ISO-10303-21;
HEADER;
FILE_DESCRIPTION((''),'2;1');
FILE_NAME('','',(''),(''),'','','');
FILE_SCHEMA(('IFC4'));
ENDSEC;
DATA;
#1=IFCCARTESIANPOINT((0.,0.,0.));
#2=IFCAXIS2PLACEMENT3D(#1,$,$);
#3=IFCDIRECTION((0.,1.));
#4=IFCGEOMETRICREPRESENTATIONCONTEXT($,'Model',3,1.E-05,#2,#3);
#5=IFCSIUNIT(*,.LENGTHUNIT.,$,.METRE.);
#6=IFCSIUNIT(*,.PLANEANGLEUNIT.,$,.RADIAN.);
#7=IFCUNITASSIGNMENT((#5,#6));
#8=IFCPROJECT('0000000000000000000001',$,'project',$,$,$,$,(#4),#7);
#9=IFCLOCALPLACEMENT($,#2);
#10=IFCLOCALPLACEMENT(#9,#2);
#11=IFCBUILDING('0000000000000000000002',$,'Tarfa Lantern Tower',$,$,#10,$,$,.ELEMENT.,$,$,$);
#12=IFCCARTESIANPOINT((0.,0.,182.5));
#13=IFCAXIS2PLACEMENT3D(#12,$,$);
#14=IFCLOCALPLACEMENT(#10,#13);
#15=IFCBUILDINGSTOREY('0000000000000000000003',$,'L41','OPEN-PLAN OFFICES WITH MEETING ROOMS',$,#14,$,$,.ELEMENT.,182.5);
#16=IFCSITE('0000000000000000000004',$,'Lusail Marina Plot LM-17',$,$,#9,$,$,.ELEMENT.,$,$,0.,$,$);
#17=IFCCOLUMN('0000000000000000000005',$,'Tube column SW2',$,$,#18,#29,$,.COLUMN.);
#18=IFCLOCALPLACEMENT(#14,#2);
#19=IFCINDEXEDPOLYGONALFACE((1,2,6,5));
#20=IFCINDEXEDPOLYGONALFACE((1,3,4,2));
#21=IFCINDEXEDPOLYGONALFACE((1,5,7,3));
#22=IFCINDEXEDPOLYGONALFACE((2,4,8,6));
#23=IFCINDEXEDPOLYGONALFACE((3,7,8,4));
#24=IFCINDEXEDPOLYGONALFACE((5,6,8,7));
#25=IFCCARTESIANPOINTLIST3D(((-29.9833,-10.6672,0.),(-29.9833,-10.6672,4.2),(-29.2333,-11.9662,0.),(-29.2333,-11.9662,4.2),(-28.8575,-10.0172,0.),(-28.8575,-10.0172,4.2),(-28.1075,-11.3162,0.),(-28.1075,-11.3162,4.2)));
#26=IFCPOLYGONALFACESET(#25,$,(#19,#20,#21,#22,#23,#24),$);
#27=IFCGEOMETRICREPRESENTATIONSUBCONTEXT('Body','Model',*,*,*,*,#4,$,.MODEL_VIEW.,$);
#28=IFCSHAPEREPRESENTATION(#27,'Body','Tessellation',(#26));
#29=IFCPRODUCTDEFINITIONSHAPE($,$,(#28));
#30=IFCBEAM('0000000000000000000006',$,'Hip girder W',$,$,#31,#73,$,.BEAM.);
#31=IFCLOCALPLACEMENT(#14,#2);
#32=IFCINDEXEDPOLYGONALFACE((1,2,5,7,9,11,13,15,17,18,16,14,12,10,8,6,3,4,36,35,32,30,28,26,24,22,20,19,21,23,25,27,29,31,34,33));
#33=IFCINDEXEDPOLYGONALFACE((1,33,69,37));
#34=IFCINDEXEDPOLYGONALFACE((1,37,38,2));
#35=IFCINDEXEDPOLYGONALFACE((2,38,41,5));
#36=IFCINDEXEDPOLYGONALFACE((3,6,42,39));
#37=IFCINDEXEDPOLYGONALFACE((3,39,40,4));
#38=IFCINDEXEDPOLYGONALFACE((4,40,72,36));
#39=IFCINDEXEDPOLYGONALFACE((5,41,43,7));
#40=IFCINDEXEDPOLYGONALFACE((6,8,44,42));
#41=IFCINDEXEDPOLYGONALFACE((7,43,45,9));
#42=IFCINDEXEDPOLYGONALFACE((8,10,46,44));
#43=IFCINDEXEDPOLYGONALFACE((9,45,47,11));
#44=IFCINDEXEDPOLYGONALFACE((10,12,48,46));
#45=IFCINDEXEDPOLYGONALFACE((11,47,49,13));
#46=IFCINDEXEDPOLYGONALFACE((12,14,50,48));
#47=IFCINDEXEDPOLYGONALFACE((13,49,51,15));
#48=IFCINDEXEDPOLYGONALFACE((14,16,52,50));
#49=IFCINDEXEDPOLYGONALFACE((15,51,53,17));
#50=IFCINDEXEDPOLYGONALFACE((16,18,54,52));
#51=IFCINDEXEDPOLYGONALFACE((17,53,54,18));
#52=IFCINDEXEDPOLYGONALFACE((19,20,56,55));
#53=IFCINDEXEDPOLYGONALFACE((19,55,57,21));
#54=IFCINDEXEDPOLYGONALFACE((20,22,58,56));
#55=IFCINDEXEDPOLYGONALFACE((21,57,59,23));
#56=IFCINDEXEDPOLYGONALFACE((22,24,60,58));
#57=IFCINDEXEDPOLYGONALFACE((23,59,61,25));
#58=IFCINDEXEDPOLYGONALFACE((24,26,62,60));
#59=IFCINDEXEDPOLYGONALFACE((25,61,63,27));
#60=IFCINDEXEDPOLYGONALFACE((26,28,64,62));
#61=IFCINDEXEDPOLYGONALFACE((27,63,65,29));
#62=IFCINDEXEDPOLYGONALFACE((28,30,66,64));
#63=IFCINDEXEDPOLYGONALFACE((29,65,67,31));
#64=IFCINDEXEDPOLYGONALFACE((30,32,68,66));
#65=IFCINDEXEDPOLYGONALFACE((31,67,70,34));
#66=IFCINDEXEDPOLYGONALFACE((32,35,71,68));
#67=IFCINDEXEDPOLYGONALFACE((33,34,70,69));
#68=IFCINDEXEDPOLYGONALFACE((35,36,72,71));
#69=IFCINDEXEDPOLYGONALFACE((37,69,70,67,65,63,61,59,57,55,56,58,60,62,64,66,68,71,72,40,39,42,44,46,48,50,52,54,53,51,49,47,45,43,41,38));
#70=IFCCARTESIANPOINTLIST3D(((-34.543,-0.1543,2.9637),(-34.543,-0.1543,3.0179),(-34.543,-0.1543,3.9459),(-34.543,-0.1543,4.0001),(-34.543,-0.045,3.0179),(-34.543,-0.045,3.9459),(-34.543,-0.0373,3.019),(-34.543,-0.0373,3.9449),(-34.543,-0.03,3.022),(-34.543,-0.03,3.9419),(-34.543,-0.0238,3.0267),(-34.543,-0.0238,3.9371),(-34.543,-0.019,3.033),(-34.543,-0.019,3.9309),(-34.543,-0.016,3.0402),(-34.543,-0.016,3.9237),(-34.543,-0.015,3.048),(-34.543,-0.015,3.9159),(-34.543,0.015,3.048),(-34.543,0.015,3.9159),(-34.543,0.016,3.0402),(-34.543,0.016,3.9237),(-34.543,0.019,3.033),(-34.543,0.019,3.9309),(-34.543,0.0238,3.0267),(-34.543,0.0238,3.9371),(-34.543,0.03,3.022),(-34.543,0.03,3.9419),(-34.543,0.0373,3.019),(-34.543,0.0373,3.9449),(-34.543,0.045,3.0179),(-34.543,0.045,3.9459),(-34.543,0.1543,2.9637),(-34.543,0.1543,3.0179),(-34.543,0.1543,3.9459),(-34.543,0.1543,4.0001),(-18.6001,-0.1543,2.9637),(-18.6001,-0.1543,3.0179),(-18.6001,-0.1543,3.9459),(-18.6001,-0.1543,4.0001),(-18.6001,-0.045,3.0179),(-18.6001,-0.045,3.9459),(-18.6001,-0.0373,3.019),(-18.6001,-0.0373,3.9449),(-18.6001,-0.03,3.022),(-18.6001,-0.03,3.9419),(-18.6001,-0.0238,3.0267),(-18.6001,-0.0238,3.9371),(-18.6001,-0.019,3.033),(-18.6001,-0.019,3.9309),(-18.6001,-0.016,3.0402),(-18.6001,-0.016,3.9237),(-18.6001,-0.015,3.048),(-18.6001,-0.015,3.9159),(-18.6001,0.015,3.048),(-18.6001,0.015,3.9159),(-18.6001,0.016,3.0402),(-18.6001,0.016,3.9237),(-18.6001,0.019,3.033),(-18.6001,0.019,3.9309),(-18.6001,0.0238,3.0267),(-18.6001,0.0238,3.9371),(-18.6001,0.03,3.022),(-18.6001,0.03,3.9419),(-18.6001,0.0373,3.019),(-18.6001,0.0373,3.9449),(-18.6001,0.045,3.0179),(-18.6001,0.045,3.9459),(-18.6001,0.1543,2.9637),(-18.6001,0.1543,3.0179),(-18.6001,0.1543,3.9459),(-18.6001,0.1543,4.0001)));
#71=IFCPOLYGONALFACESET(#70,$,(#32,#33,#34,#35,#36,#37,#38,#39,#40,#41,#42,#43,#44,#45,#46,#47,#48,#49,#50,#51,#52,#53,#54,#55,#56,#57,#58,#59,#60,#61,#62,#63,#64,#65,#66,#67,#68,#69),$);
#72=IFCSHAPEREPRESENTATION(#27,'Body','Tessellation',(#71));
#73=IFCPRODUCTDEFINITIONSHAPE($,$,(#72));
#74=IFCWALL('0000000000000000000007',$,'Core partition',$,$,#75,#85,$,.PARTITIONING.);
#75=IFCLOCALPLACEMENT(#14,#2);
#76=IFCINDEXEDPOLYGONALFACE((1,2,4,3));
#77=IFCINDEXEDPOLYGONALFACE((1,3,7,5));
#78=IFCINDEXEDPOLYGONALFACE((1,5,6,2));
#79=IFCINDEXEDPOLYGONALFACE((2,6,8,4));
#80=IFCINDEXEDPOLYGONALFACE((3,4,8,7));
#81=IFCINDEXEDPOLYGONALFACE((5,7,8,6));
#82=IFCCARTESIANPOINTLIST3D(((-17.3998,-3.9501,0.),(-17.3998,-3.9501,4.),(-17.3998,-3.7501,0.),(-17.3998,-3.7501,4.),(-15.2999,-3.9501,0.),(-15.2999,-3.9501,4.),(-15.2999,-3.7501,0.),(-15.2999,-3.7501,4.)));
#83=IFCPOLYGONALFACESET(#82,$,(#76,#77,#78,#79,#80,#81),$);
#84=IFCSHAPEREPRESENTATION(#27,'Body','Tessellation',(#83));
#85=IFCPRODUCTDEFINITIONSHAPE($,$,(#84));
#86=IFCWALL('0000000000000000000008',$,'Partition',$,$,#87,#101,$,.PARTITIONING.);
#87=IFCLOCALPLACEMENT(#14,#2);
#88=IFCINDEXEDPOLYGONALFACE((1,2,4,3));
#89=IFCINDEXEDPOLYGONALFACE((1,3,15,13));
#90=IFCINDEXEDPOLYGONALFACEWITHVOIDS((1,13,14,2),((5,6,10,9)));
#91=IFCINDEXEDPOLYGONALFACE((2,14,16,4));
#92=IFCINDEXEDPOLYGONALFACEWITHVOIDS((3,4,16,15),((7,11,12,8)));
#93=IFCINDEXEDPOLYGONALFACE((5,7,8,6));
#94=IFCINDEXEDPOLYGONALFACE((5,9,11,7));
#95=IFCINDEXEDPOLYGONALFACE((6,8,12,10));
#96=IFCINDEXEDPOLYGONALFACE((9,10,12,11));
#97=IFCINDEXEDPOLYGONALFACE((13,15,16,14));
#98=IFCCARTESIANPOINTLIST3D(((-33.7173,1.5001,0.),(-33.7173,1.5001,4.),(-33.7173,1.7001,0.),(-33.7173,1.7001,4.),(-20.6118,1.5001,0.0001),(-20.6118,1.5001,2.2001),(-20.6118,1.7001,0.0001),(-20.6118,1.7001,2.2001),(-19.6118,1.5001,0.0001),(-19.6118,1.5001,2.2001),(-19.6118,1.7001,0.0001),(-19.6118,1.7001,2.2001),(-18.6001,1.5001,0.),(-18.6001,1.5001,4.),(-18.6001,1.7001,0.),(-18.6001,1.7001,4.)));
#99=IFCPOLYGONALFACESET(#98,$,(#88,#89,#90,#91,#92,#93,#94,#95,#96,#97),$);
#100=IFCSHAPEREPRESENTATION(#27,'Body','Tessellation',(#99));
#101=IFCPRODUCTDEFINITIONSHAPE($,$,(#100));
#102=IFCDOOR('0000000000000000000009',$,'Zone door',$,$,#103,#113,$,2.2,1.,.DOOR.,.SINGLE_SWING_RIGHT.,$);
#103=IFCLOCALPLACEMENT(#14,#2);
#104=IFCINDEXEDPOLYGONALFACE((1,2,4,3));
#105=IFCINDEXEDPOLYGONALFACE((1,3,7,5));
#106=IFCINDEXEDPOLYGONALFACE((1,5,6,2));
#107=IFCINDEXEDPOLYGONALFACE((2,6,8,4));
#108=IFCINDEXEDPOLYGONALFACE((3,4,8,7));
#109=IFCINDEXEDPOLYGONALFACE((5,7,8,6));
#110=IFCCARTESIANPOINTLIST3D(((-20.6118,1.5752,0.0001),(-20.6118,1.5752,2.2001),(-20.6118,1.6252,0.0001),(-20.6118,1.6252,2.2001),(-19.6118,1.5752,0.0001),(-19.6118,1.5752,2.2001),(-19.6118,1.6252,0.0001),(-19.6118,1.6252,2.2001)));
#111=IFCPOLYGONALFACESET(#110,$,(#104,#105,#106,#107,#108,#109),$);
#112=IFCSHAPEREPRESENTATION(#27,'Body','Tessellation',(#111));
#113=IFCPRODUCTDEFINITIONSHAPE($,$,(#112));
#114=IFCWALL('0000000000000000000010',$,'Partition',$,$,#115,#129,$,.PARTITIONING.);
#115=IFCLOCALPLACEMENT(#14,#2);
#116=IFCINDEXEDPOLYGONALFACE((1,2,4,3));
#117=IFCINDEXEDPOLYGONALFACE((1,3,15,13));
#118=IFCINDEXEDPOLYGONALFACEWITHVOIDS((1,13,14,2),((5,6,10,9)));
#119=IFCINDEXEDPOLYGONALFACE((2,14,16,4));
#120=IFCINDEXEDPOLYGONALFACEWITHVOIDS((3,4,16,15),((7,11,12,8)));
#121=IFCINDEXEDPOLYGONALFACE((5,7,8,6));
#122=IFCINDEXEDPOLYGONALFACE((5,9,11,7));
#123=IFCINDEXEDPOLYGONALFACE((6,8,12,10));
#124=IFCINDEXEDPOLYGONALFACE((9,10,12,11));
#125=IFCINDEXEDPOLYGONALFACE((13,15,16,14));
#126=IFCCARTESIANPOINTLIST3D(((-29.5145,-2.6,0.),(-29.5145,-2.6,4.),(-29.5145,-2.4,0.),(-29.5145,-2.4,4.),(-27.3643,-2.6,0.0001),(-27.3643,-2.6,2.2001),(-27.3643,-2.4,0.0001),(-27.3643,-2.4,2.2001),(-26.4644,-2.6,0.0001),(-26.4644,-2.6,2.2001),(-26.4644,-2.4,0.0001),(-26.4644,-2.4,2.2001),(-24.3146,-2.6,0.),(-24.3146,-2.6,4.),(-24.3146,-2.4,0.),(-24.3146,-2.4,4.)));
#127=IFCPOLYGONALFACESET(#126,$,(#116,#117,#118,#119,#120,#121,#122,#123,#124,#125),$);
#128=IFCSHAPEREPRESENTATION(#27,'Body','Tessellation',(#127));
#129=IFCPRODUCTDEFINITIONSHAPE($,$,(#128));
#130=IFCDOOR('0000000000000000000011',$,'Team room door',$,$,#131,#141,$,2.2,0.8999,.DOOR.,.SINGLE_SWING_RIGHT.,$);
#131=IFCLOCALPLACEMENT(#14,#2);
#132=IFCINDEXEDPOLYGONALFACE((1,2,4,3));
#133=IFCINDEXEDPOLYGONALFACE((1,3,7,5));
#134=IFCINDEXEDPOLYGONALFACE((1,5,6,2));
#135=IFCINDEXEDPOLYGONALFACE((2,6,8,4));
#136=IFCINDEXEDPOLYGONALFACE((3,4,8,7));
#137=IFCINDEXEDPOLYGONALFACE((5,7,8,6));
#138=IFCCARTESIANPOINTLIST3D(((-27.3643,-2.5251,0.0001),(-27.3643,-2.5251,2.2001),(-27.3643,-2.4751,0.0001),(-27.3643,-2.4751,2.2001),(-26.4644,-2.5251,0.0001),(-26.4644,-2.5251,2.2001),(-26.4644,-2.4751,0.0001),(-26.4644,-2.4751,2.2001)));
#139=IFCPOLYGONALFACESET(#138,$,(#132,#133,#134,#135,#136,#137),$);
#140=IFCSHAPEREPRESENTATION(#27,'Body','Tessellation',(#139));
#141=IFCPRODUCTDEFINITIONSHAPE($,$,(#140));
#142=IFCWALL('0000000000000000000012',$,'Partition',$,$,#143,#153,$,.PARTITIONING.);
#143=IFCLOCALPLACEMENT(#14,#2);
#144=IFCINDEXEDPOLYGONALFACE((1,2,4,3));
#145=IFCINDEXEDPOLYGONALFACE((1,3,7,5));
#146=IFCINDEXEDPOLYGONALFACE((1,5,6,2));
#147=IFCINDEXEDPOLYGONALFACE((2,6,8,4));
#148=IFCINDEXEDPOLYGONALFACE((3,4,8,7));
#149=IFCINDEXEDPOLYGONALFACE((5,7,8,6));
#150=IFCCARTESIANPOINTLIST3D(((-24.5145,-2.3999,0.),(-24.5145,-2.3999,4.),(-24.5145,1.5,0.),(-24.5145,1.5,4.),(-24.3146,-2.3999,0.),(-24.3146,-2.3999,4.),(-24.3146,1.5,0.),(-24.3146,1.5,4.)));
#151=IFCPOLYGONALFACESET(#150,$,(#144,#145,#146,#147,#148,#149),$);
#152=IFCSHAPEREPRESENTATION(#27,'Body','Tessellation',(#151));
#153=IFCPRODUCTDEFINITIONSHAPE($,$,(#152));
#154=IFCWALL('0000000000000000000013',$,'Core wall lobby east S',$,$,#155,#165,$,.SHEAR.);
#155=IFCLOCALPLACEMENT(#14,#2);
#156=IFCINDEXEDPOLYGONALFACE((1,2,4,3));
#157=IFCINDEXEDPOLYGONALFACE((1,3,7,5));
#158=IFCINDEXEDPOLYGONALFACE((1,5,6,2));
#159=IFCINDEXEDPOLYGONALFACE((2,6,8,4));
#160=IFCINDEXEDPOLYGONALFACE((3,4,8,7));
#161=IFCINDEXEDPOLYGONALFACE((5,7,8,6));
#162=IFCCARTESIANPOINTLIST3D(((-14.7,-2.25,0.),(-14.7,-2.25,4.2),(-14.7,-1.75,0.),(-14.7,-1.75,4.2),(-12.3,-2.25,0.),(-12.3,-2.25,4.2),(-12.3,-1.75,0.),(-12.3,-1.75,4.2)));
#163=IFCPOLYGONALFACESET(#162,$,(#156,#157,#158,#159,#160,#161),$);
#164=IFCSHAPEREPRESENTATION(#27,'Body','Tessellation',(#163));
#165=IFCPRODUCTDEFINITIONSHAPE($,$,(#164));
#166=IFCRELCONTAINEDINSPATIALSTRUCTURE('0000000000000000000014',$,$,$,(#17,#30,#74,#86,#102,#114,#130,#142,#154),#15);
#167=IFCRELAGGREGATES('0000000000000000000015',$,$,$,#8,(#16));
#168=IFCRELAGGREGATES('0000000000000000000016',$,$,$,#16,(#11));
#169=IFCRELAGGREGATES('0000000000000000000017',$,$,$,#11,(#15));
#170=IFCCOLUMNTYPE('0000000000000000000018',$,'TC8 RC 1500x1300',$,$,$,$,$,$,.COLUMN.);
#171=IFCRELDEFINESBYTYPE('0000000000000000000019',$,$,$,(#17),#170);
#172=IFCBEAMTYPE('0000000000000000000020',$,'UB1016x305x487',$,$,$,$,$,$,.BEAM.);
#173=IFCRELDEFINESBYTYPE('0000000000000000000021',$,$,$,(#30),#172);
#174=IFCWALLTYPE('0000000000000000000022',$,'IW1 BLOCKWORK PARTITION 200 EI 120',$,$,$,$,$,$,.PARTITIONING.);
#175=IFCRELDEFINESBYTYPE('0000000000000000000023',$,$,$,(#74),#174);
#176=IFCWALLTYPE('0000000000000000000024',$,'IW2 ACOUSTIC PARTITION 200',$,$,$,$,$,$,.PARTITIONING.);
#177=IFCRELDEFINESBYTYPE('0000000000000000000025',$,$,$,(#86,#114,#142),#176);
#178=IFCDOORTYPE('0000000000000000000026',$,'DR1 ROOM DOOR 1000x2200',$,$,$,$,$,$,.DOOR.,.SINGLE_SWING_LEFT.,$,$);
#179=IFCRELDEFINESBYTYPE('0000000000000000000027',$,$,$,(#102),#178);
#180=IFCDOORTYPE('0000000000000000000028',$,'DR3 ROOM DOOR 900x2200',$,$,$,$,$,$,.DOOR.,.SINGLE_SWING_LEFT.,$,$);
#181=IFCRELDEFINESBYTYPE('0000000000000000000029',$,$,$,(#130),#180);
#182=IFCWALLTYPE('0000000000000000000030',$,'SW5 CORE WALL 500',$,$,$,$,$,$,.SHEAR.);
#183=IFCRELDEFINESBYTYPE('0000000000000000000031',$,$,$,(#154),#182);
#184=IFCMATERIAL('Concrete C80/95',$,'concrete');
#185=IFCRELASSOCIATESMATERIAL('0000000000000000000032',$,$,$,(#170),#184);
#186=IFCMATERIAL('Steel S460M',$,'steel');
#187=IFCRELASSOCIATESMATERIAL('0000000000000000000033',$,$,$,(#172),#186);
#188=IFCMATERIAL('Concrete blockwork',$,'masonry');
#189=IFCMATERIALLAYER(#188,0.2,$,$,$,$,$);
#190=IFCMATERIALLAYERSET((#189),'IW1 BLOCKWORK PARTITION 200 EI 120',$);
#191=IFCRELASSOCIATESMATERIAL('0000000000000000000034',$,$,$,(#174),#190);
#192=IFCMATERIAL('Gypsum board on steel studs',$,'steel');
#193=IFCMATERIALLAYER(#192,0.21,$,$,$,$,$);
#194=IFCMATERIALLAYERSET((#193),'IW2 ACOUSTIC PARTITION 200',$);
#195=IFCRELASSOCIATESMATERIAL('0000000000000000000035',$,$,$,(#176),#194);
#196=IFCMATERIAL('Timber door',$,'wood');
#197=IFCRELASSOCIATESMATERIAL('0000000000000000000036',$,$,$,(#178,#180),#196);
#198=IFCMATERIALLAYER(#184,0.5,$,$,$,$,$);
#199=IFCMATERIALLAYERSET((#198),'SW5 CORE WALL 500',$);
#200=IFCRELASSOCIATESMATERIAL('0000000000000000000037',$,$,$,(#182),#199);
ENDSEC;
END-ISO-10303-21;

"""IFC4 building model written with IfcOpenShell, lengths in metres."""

from ifc_helpers import new_model, si_unit, direction, frame, frame_2d, origin, origin_2d, place, context, subcontext, project, spatial, rectangle, i_section, extrude, material, layer, layer_set, material_profile, profile_set, type_object, element, fill, save


model = new_model("IFC4")

# Units and contexts
model_context = context("Model", 3, precision=1e-05, world=origin(), true_north=direction((0.0, 1.0)))
body_context = subcontext(model_context, "Body", "Model", "MODEL_VIEW")
ifc_project = project(units=[si_unit("LENGTHUNIT", "METRE"), si_unit("PLANEANGLEUNIT", "RADIAN")], contexts=[model_context])

# Site, building, storey
site_placement = place(None, origin())
site = spatial("IfcSite", under=ifc_project, at=site_placement, Name="Lusail Marina Plot LM-17", CompositionType="ELEMENT", RefElevation=0.0)
building_placement = place(site_placement, origin())
building = spatial("IfcBuilding", under=site, at=building_placement, Name="Tarfa Lantern Tower", CompositionType="ELEMENT")
storey_placement = place(building_placement, frame((0.0, 0.0, 182.5)))
storey = spatial("IfcBuildingStorey", under=building, at=storey_placement, Name="L41", Description="OPEN-PLAN OFFICES WITH MEETING ROOMS", CompositionType="ELEMENT", Elevation=182.5)

# Column
ifc_material_1 = material(Name="Concrete C80/95", Category="concrete")
ifc_material_profile_1 = material_profile(ifc_material_1, rectangle(XDim=1.5, YDim=1.3, at=origin_2d()), Name="RC 1500x1300")
ifc_profile_set_1 = profile_set([ifc_material_profile_1], Name="Concrete C80/95")
column_type = type_object("IfcColumnType", Name="TC8 RC 1500x1300", PredefinedType="COLUMN", material=ifc_profile_set_1)
column_placement = place(storey_placement, frame((-29.0454, -10.9917, 0.0), z_axis=(0.0, 0.0, 1.0), x_axis=(0.5, -0.866025, 0.0)))
element("IfcColumn", 1, at=column_placement, inside=storey, type_object=column_type, Name="Tube column SW2", PredefinedType="COLUMN", context=body_context, shape_type="SweptSolid", body=[
    extrude(rectangle(XDim=1.5, YDim=1.3, at=origin_2d()), origin(), (0.0, 0.0, 1.0), 4.2),
])

# Beam
ifc_material_2 = material(Name="Steel S460M", Category="steel")
ifc_material_profile_2 = material_profile(ifc_material_2, i_section(OverallWidth=0.3086, OverallDepth=1.0364, WebThickness=0.03, FlangeThickness=0.0542, FilletRadius=0.03, at=origin_2d()), Name="UB1016x305x487")
ifc_profile_set_2 = profile_set([ifc_material_profile_2], Name="Steel S460M")
beam_type = type_object("IfcBeamType", Name="UB1016x305x487", PredefinedType="BEAM", material=ifc_profile_set_2)
beam_placement = place(storey_placement, frame((-18.6001, 0.0, 3.4819), z_axis=(-1.0, 0.0, 0.0), x_axis=(0.0, -1.0, 0.0)))
element("IfcBeam", 2, at=beam_placement, inside=storey, type_object=beam_type, Name="Hip girder W", PredefinedType="BEAM", context=body_context, shape_type="SweptSolid", body=[
    extrude(i_section(OverallWidth=0.3086, OverallDepth=1.0364, WebThickness=0.03, FlangeThickness=0.0542, FilletRadius=0.03, at=origin_2d()), origin(), (0.0, 0.0, 1.0), 15.9429),
])

# Wall
ifc_material_3 = material(Name="Concrete blockwork", Category="masonry")
ifc_layer_1 = layer(ifc_material_3, 0.2)
ifc_layer_set_1 = layer_set([ifc_layer_1], Name="IW1 BLOCKWORK PARTITION 200 EI 120")
wall_type_1 = type_object("IfcWallType", Name="IW1 BLOCKWORK PARTITION 200 EI 120", PredefinedType="PARTITIONING", material=ifc_layer_set_1)
wall_1_placement = place(storey_placement, frame((-15.3, -3.8501, 0.0), z_axis=(0.0, 0.0, 1.0), x_axis=(-1.0, 0.0, 0.0)))
element("IfcWall", 3, at=wall_1_placement, inside=storey, type_object=wall_type_1, Name="Core partition", PredefinedType="PARTITIONING", context=body_context, shape_type="SweptSolid", body=[
    extrude(rectangle(XDim=2.0999, YDim=0.2, at=frame_2d((1.0498, 0.0))), origin(), (0.0, 0.0, 1.0), 4.0),
])

# Walls, openings, doors
ifc_material_4 = material(Name="Gypsum board on steel studs", Category="steel")
ifc_layer_2 = layer(ifc_material_4, 0.21)
ifc_layer_set_2 = layer_set([ifc_layer_2], Name="IW2 ACOUSTIC PARTITION 200")
wall_type_2 = type_object("IfcWallType", Name="IW2 ACOUSTIC PARTITION 200", PredefinedType="PARTITIONING", material=ifc_layer_set_2)
wall_2_placement = place(storey_placement, frame((-18.6001, 1.6001, 0.0), z_axis=(0.0, 0.0, 1.0), x_axis=(-1.0, 0.0, 0.0)))
wall_2 = element("IfcWall", 4, at=wall_2_placement, inside=storey, type_object=wall_type_2, Name="Partition", PredefinedType="PARTITIONING", context=body_context, shape_type="SweptSolid", body=[
    extrude(rectangle(XDim=15.1172, YDim=0.2, at=frame_2d((7.5586, 0.0))), origin(), (0.0, 0.0, 1.0), 4.0),
])
opening_1_placement = place(wall_2_placement, frame((1.0117, 0.0, 0.0)))
opening_1 = element("IfcOpeningElement", 5, at=opening_1_placement, cuts=wall_2, PredefinedType="OPENING", context=body_context, shape_type="SweptSolid", body=[
    extrude(rectangle(XDim=1.0, YDim=2.2, at=frame_2d((0.5, 1.1001))), frame((0.0, 0.1099, 0.0), z_axis=(0.0, -1.0, 0.0), x_axis=(1.0, 0.0, 0.0)), (0.0, 0.0, 1.0), 0.22),
])
ifc_material_5 = material(Name="Timber door", Category="wood")
door_type_1 = type_object("IfcDoorType", Name="DR1 ROOM DOOR 1000x2200", OperationType="SINGLE_SWING_LEFT", PredefinedType="DOOR", material=ifc_material_5)
door_1_placement = place(opening_1_placement, origin())
door_1 = element("IfcDoor", 6, at=door_1_placement, inside=storey, type_object=door_type_1, Name="Zone door", OperationType="SINGLE_SWING_RIGHT", OverallHeight=2.2, OverallWidth=1.0, PredefinedType="DOOR", context=body_context, shape_type="SweptSolid", body=[
    extrude(rectangle(XDim=1.0, YDim=2.2, at=frame_2d((0.5, 1.1001))), frame((0.0, 0.0249, 0.0), z_axis=(0.0, -1.0, 0.0), x_axis=(1.0, 0.0, 0.0)), (0.0, 0.0, 1.0), 0.05),
])
fill(opening_1, door_1)
wall_3_placement = place(storey_placement, frame((-24.3145, -2.5, 0.0), z_axis=(0.0, 0.0, 1.0), x_axis=(-1.0, 0.0, 0.0)))
wall_3 = element("IfcWall", 7, at=wall_3_placement, inside=storey, type_object=wall_type_2, Name="Partition", PredefinedType="PARTITIONING", context=body_context, shape_type="SweptSolid", body=[
    extrude(rectangle(XDim=5.2, YDim=0.2, at=frame_2d((2.6001, 0.0))), origin(), (0.0, 0.0, 1.0), 4.0),
])
opening_2_placement = place(wall_3_placement, frame((2.1499, 0.0, 0.0)))
opening_2 = element("IfcOpeningElement", 8, at=opening_2_placement, cuts=wall_3, PredefinedType="OPENING", context=body_context, shape_type="SweptSolid", body=[
    extrude(rectangle(XDim=0.8999, YDim=2.2, at=frame_2d((0.45, 1.1001))), frame((0.0, 0.1099, 0.0), z_axis=(0.0, -1.0, 0.0), x_axis=(1.0, 0.0, 0.0)), (0.0, 0.0, 1.0), 0.22),
])
door_type_2 = type_object("IfcDoorType", Name="DR3 ROOM DOOR 900x2200", OperationType="SINGLE_SWING_LEFT", PredefinedType="DOOR", material=ifc_material_5)
door_2_placement = place(opening_2_placement, frame((0.8999, 0.0, 0.0), z_axis=(0.0, 0.0, 1.0), x_axis=(-1.0, 0.0, 0.0)))
door_2 = element("IfcDoor", 9, at=door_2_placement, inside=storey, type_object=door_type_2, Name="Team room door", OperationType="SINGLE_SWING_RIGHT", OverallHeight=2.2, OverallWidth=0.8999, PredefinedType="DOOR", context=body_context, shape_type="SweptSolid", body=[
    extrude(rectangle(XDim=0.8999, YDim=2.2, at=frame_2d((0.45, 1.1001))), frame((0.0, 0.0249, 0.0), z_axis=(0.0, -1.0, 0.0), x_axis=(1.0, 0.0, 0.0)), (0.0, 0.0, 1.0), 0.05),
])
fill(opening_2, door_2)

# Walls
wall_4_placement = place(storey_placement, frame((-24.4146, 1.5, 0.0), z_axis=(0.0, 0.0, 1.0), x_axis=(0.0, -1.0, 0.0)))
element("IfcWall", 10, at=wall_4_placement, inside=storey, type_object=wall_type_2, Name="Partition", PredefinedType="PARTITIONING", context=body_context, shape_type="SweptSolid", body=[
    extrude(rectangle(XDim=3.8999, YDim=0.2, at=frame_2d((1.95, 0.0))), origin(), (0.0, 0.0, 1.0), 4.0),
])
ifc_layer_3 = layer(ifc_material_1, 0.5)
ifc_layer_set_3 = layer_set([ifc_layer_3], Name="SW5 CORE WALL 500")
wall_type_3 = type_object("IfcWallType", Name="SW5 CORE WALL 500", PredefinedType="SHEAR", material=ifc_layer_set_3)
wall_5_placement = place(storey_placement, frame((-12.3, -2.0, 0.0), z_axis=(0.0, 0.0, 1.0), x_axis=(-1.0, 0.0, 0.0)))
element("IfcWall", 11, at=wall_5_placement, inside=storey, type_object=wall_type_3, Name="Core wall lobby east S", PredefinedType="SHEAR", context=body_context, shape_type="SweptSolid", body=[
    extrude(rectangle(XDim=2.3999, YDim=0.5, at=frame_2d((1.2, 0.0))), origin(), (0.0, 0.0, 1.0), 4.2),
])

save(model, "model.ifc")
